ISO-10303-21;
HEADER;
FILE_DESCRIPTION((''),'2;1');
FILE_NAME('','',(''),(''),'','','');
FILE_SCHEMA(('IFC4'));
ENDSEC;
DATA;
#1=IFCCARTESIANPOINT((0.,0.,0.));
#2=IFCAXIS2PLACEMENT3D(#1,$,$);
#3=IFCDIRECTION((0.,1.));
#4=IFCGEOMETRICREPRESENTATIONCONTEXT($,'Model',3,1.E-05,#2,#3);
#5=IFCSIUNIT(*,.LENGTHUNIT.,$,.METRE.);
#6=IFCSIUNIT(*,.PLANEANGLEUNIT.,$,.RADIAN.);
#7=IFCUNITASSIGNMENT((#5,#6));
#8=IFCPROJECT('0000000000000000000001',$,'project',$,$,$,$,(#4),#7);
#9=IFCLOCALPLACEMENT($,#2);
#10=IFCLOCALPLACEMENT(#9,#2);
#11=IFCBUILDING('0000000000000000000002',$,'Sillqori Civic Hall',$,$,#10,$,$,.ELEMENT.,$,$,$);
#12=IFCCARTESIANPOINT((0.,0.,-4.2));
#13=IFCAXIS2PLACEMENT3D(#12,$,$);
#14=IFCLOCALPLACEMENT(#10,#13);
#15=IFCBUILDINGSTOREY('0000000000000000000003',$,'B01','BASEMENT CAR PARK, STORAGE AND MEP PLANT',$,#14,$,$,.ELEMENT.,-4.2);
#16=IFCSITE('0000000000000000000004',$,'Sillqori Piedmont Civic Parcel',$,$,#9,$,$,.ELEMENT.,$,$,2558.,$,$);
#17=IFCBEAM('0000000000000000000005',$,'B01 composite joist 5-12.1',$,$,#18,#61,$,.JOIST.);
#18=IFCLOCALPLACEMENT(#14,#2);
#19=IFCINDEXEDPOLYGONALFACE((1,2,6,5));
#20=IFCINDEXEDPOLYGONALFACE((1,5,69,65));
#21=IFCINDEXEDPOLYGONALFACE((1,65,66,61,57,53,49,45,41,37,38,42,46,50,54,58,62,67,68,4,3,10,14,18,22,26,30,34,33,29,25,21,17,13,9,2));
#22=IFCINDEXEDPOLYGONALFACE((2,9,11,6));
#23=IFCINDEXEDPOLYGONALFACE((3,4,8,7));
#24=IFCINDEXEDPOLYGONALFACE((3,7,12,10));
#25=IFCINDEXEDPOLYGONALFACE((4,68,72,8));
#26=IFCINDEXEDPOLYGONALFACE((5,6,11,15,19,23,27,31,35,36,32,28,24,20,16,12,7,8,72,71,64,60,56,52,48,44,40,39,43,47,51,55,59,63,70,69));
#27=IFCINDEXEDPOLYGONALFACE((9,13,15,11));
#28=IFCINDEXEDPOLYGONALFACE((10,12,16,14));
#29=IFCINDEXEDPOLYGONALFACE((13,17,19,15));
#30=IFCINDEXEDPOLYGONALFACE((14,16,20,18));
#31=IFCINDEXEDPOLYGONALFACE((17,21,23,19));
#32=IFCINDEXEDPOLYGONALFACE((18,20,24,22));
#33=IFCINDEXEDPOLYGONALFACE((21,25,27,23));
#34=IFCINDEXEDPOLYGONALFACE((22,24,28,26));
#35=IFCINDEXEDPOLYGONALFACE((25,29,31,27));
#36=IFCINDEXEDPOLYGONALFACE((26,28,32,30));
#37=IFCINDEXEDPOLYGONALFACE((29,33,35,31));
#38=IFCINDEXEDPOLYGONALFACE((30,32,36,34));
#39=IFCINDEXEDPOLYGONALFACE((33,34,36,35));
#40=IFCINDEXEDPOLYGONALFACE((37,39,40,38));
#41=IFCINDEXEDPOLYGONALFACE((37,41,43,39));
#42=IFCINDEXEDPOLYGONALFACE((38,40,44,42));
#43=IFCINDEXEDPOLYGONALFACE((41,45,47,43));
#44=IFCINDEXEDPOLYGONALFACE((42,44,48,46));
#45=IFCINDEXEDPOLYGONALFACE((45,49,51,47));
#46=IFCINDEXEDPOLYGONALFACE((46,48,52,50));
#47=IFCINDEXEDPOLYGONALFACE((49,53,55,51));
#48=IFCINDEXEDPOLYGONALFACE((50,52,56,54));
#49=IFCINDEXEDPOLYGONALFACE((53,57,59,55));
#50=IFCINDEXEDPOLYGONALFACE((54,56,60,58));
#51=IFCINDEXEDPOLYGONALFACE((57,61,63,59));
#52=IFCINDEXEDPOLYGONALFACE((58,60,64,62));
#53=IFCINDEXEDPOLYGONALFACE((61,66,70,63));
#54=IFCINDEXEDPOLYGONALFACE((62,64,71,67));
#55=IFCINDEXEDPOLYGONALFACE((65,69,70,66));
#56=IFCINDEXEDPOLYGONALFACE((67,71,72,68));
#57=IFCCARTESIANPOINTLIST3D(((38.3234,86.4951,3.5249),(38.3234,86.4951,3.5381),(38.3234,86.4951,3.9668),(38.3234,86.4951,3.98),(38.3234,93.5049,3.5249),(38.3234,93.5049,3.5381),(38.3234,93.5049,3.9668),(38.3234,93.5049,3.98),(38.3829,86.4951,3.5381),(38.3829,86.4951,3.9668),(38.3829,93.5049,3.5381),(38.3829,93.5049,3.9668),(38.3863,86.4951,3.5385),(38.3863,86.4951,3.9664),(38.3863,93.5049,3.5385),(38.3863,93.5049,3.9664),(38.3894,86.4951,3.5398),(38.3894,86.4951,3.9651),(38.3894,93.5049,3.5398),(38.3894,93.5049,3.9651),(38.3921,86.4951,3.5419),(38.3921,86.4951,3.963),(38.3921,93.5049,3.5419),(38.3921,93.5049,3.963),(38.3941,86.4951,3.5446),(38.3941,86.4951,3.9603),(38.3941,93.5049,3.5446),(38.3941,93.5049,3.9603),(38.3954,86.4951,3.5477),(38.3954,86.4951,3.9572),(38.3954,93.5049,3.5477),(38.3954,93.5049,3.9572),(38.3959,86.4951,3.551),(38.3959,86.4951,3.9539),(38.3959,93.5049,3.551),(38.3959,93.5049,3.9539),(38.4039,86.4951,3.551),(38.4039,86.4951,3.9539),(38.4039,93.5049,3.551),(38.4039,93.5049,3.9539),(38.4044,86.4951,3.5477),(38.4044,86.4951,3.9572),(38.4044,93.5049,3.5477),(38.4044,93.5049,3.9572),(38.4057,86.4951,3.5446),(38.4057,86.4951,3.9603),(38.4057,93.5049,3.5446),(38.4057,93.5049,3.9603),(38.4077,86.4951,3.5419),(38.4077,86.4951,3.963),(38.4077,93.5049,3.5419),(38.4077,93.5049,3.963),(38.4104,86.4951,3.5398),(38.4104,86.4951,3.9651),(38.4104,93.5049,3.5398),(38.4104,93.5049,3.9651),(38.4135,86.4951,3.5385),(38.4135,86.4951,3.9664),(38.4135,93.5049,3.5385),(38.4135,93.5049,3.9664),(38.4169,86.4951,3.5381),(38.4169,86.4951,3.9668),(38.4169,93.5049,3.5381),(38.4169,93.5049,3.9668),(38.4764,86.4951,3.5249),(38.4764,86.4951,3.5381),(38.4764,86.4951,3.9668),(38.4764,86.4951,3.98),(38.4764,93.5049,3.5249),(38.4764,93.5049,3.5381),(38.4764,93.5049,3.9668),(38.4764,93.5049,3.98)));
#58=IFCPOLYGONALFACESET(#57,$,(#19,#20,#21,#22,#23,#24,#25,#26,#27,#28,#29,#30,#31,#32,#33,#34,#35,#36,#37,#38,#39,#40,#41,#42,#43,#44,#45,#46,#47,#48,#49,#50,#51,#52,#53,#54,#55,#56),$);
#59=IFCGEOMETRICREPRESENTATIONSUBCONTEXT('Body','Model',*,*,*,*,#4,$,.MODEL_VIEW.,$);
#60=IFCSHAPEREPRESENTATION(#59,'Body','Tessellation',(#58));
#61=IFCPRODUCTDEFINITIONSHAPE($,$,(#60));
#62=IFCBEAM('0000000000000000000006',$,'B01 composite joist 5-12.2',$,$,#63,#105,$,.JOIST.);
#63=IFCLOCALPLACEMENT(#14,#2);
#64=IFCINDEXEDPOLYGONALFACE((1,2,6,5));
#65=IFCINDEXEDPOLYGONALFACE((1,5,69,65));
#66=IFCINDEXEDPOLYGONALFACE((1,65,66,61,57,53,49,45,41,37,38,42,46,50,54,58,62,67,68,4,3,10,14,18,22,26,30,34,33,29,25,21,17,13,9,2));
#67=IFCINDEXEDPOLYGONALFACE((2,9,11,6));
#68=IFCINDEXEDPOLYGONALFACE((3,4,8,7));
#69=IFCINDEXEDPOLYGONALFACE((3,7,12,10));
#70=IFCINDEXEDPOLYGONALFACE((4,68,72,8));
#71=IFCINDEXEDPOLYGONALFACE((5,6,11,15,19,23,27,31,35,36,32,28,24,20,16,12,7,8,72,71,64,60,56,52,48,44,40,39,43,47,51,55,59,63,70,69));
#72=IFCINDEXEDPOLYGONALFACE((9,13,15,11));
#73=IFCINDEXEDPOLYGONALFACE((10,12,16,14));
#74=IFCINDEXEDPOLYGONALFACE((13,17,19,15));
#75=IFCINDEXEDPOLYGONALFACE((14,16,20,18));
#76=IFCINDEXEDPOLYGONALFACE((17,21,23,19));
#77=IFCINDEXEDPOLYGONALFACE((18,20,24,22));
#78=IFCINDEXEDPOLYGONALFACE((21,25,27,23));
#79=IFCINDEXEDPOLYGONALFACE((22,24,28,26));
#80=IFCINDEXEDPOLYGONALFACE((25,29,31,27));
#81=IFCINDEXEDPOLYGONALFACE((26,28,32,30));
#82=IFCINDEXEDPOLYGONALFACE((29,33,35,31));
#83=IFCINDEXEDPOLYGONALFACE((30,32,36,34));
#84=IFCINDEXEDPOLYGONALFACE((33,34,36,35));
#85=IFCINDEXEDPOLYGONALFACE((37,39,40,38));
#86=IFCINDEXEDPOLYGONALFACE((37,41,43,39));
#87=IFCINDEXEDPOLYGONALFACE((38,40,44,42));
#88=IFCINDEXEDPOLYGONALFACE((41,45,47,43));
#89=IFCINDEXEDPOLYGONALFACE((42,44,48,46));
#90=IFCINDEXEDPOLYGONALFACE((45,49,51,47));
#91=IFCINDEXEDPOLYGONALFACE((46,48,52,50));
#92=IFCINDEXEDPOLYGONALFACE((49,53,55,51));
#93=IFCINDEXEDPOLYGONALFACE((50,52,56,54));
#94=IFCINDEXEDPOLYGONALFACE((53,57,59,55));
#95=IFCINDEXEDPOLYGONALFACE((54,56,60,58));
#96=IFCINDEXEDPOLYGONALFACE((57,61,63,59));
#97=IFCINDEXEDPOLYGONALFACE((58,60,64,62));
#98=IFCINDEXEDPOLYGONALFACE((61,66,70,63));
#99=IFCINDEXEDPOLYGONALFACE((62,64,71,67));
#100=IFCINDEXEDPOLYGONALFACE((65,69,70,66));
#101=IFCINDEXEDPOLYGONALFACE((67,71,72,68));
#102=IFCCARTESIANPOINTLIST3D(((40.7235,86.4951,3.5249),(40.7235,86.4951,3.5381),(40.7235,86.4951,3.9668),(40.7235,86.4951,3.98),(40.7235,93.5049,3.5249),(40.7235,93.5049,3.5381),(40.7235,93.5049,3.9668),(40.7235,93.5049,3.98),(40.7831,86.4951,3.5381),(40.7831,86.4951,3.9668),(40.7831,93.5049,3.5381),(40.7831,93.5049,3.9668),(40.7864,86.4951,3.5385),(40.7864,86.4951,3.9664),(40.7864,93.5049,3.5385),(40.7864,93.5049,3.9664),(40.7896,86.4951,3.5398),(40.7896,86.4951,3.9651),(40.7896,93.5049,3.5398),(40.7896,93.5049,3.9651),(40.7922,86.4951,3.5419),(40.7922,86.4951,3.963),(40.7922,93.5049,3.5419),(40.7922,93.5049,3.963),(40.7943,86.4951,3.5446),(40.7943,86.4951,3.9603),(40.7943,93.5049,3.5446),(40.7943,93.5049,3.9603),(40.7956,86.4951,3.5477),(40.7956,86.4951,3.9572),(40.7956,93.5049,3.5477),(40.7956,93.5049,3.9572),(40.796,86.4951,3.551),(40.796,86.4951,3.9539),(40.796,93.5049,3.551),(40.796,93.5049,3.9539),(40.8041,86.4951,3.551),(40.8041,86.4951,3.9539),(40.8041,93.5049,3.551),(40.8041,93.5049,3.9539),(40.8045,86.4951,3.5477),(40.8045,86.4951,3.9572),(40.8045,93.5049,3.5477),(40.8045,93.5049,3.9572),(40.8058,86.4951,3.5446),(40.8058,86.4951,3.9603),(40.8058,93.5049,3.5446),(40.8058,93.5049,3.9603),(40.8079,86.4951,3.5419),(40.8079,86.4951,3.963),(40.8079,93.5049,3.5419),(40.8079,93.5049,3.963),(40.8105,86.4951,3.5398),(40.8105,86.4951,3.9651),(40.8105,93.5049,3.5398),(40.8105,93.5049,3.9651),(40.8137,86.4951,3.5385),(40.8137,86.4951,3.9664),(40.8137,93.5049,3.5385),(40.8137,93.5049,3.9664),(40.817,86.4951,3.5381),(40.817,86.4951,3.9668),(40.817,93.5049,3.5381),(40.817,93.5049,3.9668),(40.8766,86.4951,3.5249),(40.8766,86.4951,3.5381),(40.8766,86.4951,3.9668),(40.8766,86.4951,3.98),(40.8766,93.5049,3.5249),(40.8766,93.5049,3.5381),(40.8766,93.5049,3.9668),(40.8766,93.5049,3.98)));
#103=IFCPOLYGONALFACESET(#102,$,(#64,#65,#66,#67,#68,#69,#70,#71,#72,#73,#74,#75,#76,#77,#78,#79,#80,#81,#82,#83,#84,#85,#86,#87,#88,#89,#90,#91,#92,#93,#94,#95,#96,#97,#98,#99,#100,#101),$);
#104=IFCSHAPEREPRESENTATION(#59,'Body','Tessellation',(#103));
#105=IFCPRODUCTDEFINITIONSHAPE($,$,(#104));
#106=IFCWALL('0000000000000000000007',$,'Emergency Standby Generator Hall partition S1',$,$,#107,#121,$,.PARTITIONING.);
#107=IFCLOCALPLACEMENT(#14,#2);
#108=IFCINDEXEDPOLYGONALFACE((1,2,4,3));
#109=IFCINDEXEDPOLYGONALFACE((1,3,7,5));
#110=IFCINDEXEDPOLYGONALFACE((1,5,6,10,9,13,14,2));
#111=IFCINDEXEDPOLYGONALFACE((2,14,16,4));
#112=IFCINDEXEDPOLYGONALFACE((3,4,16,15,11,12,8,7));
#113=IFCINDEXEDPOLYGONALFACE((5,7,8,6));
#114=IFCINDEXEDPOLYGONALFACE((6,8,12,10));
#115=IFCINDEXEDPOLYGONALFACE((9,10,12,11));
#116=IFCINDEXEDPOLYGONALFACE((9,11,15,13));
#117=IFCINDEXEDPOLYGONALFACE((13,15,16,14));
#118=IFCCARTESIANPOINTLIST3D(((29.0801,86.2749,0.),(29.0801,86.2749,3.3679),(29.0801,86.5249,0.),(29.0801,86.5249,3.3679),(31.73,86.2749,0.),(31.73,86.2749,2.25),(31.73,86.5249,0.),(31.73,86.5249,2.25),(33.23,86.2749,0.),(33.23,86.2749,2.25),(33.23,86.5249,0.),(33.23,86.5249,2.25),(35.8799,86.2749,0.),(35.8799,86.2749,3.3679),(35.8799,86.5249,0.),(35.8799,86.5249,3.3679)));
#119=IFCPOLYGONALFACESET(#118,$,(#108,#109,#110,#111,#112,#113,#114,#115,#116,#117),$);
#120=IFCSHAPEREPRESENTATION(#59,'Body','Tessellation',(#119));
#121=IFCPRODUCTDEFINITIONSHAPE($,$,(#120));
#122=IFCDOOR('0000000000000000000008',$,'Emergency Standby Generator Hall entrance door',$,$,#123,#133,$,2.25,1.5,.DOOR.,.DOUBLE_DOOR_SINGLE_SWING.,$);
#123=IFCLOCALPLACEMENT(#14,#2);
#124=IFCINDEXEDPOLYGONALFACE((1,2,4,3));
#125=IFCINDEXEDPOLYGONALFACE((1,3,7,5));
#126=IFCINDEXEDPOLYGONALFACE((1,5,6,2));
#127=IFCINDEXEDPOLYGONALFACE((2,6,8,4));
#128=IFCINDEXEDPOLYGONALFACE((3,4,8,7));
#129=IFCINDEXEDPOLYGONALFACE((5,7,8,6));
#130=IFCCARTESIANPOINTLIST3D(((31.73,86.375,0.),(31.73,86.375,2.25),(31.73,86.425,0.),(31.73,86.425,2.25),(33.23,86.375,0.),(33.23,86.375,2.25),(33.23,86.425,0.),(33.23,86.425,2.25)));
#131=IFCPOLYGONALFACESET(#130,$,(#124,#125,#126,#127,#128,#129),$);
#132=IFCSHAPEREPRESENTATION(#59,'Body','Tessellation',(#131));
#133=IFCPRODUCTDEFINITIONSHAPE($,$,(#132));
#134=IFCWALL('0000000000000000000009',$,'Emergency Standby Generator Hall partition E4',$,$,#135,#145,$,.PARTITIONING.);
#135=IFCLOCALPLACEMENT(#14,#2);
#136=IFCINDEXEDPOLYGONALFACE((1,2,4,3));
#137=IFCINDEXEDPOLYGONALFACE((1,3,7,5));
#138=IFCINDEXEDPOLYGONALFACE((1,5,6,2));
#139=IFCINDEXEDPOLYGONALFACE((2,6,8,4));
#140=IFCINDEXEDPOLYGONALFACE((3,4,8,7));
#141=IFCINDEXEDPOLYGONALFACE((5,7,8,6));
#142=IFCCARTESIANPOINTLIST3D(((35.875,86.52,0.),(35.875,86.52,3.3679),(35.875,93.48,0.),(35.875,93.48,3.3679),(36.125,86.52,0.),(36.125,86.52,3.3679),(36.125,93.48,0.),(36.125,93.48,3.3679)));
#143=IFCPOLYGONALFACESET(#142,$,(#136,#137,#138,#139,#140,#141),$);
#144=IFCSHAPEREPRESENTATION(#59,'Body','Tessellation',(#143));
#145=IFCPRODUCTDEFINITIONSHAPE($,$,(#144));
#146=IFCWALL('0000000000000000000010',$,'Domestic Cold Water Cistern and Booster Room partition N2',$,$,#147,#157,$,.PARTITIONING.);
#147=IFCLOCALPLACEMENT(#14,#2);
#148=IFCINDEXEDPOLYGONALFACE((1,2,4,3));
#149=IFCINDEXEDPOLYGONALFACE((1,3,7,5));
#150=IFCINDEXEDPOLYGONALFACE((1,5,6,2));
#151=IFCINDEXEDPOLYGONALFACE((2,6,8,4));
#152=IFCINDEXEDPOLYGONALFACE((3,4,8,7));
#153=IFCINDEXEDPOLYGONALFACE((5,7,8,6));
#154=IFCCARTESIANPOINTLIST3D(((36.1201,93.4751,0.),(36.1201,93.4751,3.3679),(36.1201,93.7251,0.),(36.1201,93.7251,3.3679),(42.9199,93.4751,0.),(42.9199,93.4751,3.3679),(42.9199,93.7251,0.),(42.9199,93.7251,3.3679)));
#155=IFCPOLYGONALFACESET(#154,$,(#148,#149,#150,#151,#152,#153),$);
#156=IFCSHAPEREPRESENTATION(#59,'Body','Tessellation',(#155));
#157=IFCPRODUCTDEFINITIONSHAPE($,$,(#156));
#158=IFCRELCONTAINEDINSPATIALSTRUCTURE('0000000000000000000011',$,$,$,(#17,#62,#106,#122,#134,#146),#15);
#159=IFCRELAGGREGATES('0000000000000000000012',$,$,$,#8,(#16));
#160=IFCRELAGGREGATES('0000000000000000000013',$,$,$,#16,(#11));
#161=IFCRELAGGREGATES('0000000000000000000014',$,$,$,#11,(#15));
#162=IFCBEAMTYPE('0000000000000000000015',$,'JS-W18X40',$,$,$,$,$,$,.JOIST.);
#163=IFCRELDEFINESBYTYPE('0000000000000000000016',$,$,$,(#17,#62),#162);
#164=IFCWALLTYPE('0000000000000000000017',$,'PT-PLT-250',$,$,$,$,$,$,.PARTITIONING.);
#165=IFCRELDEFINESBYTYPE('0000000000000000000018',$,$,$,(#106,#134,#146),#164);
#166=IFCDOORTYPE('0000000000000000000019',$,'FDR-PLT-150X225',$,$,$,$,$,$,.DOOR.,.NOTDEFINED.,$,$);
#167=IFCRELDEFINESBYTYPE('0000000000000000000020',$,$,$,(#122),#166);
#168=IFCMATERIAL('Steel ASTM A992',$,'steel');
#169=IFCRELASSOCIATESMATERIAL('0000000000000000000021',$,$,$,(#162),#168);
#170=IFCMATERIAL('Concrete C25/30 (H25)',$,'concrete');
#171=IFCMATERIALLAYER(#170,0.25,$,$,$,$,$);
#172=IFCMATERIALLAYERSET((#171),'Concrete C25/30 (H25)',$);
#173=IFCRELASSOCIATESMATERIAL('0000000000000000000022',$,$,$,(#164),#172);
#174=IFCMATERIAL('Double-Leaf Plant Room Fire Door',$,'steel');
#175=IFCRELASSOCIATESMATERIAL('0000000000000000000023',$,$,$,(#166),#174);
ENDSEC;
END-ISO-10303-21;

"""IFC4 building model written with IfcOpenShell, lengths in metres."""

from ifc_helpers import new_model, si_unit, direction, frame, frame_2d, origin, origin_2d, place, context, subcontext, project, spatial, rectangle, i_section, extrude, material, layer, layer_set, material_profile, profile_set, type_object, element, fill, save


model = new_model("IFC4")

# Units and contexts
model_context = context("Model", 3, precision=1e-05, world=origin(), true_north=direction((0.0, 1.0)))
body_context = subcontext(model_context, "Body", "Model", "MODEL_VIEW")
ifc_project = project(units=[si_unit("LENGTHUNIT", "METRE"), si_unit("PLANEANGLEUNIT", "RADIAN")], contexts=[model_context])

# Site, building, storey
site_placement = place(None, origin())
site = spatial("IfcSite", under=ifc_project, at=site_placement, Name="Sillqori Piedmont Civic Parcel", CompositionType="ELEMENT", RefElevation=2558.0)
building_placement = place(site_placement, origin())
building = spatial("IfcBuilding", under=site, at=building_placement, Name="Sillqori Civic Hall", CompositionType="ELEMENT")
storey_placement = place(building_placement, frame((0.0, 0.0, -4.2)))
storey = spatial("IfcBuildingStorey", under=building, at=storey_placement, Name="B01", Description="BASEMENT CAR PARK, STORAGE AND MEP PLANT", CompositionType="ELEMENT", Elevation=-4.2)

# Shared definitions
ifc_material_1 = material(Name="Steel ASTM A992", Category="steel")

# Beams
ifc_material_profile_1 = material_profile(ifc_material_1, i_section(OverallWidth=0.1531, OverallDepth=0.4551, WebThickness=0.0081, FlangeThickness=0.0132, FilletRadius=0.0129, at=origin_2d()), Name="W18X40")
ifc_profile_set_1 = profile_set([ifc_material_profile_1], Name="Steel ASTM A992")
beam_type_1 = type_object("IfcBeamType", Name="JS-W18X40", PredefinedType="JOIST", material=ifc_profile_set_1)
for number, where, z_axis, x_axis, name in (
    (1, (38.3999, 86.4951, 3.7524), (0.0, 1.0, 0.0), (-1.0, 0.0, 0.0), "B01 composite joist 5-12.1"),
    (2, (40.8, 86.4951, 3.7524), (0.0, 1.0, 0.0), (-1.0, 0.0, 0.0), "B01 composite joist 5-12.2"),
):
    element("IfcBeam", number, at=place(storey_placement, frame(where, z_axis=z_axis, x_axis=x_axis)), inside=storey, type_object=beam_type_1, Name=name, PredefinedType="JOIST", context=body_context, shape_type="SweptSolid", body=[
        extrude(i_section(OverallWidth=0.1531, OverallDepth=0.4551, WebThickness=0.0081, FlangeThickness=0.0132, FilletRadius=0.0129, at=origin_2d()), origin(), (0.0, 0.0, 1.0), 7.0098),
    ])

# Wall, opening, door
ifc_material_2 = material(Name="Concrete C25/30 (H25)", Category="concrete")
ifc_layer = layer(ifc_material_2, 0.25)
ifc_layer_set = layer_set([ifc_layer], Name="Concrete C25/30 (H25)")
wall_type = type_object("IfcWallType", Name="PT-PLT-250", PredefinedType="PARTITIONING", material=ifc_layer_set)
wall_1_placement = place(storey_placement, frame((35.8799, 86.3999, 0.0), z_axis=(0.0, 0.0, 1.0), x_axis=(-1.0, 0.0, 0.0)))
wall_1 = element("IfcWall", 3, at=wall_1_placement, inside=storey, type_object=wall_type, Name="Emergency Standby Generator Hall partition S1", PredefinedType="PARTITIONING", context=body_context, shape_type="SweptSolid", body=[
    extrude(rectangle(XDim=6.7998, YDim=0.25, at=frame_2d((3.3999, 0.0))), origin(), (0.0, 0.0, 1.0), 3.3679),
])
opening_placement = place(wall_1_placement, frame((2.6499, 0.0, 0.0)))
opening = element("IfcOpeningElement", 4, at=opening_placement, cuts=wall_1, PredefinedType="OPENING", context=body_context, shape_type="SweptSolid", body=[
    extrude(rectangle(XDim=1.5, YDim=2.25, at=frame_2d((0.75, 1.125))), frame((0.0, 0.135, 0.0), z_axis=(0.0, -1.0, 0.0), x_axis=(1.0, 0.0, 0.0)), (0.0, 0.0, 1.0), 0.27),
])
ifc_material_3 = material(Name="Double-Leaf Plant Room Fire Door", Category="steel")
door_type = type_object("IfcDoorType", Name="FDR-PLT-150X225", OperationType="NOTDEFINED", PredefinedType="DOOR", material=ifc_material_3)
door_placement = place(opening_placement, origin())
door = element("IfcDoor", 5, at=door_placement, inside=storey, type_object=door_type, Name="Emergency Standby Generator Hall entrance door", OperationType="DOUBLE_DOOR_SINGLE_SWING", OverallHeight=2.25, OverallWidth=1.5, PredefinedType="DOOR", context=body_context, shape_type="SweptSolid", body=[
    extrude(rectangle(XDim=1.5, YDim=2.25, at=frame_2d((0.75, 1.125))), frame((0.0, 0.0249, 0.0), z_axis=(0.0, -1.0, 0.0), x_axis=(1.0, 0.0, 0.0)), (0.0, 0.0, 1.0), 0.05),
])
fill(opening, door)

# Walls
wall_2_placement = place(storey_placement, frame((36.0, 93.48, 0.0), z_axis=(0.0, 0.0, 1.0), x_axis=(0.0, -1.0, 0.0)))
element("IfcWall", 6, at=wall_2_placement, inside=storey, type_object=wall_type, Name="Emergency Standby Generator Hall partition E4", PredefinedType="PARTITIONING", context=body_context, shape_type="SweptSolid", body=[
    extrude(rectangle(XDim=6.96, YDim=0.25, at=frame_2d((3.48, 0.0))), origin(), (0.0, 0.0, 1.0), 3.3679),
])
wall_3_placement = place(storey_placement, frame((36.1201, 93.6001, 0.0), z_axis=(0.0, 0.0, 1.0), x_axis=(1.0, 0.0, 0.0)))
element("IfcWall", 7, at=wall_3_placement, inside=storey, type_object=wall_type, Name="Domestic Cold Water Cistern and Booster Room partition N2", PredefinedType="PARTITIONING", context=body_context, shape_type="SweptSolid", body=[
    extrude(rectangle(XDim=6.7998, YDim=0.25, at=frame_2d((3.3999, 0.0))), origin(), (0.0, 0.0, 1.0), 3.3679),
])

save(model, "model.ifc")
